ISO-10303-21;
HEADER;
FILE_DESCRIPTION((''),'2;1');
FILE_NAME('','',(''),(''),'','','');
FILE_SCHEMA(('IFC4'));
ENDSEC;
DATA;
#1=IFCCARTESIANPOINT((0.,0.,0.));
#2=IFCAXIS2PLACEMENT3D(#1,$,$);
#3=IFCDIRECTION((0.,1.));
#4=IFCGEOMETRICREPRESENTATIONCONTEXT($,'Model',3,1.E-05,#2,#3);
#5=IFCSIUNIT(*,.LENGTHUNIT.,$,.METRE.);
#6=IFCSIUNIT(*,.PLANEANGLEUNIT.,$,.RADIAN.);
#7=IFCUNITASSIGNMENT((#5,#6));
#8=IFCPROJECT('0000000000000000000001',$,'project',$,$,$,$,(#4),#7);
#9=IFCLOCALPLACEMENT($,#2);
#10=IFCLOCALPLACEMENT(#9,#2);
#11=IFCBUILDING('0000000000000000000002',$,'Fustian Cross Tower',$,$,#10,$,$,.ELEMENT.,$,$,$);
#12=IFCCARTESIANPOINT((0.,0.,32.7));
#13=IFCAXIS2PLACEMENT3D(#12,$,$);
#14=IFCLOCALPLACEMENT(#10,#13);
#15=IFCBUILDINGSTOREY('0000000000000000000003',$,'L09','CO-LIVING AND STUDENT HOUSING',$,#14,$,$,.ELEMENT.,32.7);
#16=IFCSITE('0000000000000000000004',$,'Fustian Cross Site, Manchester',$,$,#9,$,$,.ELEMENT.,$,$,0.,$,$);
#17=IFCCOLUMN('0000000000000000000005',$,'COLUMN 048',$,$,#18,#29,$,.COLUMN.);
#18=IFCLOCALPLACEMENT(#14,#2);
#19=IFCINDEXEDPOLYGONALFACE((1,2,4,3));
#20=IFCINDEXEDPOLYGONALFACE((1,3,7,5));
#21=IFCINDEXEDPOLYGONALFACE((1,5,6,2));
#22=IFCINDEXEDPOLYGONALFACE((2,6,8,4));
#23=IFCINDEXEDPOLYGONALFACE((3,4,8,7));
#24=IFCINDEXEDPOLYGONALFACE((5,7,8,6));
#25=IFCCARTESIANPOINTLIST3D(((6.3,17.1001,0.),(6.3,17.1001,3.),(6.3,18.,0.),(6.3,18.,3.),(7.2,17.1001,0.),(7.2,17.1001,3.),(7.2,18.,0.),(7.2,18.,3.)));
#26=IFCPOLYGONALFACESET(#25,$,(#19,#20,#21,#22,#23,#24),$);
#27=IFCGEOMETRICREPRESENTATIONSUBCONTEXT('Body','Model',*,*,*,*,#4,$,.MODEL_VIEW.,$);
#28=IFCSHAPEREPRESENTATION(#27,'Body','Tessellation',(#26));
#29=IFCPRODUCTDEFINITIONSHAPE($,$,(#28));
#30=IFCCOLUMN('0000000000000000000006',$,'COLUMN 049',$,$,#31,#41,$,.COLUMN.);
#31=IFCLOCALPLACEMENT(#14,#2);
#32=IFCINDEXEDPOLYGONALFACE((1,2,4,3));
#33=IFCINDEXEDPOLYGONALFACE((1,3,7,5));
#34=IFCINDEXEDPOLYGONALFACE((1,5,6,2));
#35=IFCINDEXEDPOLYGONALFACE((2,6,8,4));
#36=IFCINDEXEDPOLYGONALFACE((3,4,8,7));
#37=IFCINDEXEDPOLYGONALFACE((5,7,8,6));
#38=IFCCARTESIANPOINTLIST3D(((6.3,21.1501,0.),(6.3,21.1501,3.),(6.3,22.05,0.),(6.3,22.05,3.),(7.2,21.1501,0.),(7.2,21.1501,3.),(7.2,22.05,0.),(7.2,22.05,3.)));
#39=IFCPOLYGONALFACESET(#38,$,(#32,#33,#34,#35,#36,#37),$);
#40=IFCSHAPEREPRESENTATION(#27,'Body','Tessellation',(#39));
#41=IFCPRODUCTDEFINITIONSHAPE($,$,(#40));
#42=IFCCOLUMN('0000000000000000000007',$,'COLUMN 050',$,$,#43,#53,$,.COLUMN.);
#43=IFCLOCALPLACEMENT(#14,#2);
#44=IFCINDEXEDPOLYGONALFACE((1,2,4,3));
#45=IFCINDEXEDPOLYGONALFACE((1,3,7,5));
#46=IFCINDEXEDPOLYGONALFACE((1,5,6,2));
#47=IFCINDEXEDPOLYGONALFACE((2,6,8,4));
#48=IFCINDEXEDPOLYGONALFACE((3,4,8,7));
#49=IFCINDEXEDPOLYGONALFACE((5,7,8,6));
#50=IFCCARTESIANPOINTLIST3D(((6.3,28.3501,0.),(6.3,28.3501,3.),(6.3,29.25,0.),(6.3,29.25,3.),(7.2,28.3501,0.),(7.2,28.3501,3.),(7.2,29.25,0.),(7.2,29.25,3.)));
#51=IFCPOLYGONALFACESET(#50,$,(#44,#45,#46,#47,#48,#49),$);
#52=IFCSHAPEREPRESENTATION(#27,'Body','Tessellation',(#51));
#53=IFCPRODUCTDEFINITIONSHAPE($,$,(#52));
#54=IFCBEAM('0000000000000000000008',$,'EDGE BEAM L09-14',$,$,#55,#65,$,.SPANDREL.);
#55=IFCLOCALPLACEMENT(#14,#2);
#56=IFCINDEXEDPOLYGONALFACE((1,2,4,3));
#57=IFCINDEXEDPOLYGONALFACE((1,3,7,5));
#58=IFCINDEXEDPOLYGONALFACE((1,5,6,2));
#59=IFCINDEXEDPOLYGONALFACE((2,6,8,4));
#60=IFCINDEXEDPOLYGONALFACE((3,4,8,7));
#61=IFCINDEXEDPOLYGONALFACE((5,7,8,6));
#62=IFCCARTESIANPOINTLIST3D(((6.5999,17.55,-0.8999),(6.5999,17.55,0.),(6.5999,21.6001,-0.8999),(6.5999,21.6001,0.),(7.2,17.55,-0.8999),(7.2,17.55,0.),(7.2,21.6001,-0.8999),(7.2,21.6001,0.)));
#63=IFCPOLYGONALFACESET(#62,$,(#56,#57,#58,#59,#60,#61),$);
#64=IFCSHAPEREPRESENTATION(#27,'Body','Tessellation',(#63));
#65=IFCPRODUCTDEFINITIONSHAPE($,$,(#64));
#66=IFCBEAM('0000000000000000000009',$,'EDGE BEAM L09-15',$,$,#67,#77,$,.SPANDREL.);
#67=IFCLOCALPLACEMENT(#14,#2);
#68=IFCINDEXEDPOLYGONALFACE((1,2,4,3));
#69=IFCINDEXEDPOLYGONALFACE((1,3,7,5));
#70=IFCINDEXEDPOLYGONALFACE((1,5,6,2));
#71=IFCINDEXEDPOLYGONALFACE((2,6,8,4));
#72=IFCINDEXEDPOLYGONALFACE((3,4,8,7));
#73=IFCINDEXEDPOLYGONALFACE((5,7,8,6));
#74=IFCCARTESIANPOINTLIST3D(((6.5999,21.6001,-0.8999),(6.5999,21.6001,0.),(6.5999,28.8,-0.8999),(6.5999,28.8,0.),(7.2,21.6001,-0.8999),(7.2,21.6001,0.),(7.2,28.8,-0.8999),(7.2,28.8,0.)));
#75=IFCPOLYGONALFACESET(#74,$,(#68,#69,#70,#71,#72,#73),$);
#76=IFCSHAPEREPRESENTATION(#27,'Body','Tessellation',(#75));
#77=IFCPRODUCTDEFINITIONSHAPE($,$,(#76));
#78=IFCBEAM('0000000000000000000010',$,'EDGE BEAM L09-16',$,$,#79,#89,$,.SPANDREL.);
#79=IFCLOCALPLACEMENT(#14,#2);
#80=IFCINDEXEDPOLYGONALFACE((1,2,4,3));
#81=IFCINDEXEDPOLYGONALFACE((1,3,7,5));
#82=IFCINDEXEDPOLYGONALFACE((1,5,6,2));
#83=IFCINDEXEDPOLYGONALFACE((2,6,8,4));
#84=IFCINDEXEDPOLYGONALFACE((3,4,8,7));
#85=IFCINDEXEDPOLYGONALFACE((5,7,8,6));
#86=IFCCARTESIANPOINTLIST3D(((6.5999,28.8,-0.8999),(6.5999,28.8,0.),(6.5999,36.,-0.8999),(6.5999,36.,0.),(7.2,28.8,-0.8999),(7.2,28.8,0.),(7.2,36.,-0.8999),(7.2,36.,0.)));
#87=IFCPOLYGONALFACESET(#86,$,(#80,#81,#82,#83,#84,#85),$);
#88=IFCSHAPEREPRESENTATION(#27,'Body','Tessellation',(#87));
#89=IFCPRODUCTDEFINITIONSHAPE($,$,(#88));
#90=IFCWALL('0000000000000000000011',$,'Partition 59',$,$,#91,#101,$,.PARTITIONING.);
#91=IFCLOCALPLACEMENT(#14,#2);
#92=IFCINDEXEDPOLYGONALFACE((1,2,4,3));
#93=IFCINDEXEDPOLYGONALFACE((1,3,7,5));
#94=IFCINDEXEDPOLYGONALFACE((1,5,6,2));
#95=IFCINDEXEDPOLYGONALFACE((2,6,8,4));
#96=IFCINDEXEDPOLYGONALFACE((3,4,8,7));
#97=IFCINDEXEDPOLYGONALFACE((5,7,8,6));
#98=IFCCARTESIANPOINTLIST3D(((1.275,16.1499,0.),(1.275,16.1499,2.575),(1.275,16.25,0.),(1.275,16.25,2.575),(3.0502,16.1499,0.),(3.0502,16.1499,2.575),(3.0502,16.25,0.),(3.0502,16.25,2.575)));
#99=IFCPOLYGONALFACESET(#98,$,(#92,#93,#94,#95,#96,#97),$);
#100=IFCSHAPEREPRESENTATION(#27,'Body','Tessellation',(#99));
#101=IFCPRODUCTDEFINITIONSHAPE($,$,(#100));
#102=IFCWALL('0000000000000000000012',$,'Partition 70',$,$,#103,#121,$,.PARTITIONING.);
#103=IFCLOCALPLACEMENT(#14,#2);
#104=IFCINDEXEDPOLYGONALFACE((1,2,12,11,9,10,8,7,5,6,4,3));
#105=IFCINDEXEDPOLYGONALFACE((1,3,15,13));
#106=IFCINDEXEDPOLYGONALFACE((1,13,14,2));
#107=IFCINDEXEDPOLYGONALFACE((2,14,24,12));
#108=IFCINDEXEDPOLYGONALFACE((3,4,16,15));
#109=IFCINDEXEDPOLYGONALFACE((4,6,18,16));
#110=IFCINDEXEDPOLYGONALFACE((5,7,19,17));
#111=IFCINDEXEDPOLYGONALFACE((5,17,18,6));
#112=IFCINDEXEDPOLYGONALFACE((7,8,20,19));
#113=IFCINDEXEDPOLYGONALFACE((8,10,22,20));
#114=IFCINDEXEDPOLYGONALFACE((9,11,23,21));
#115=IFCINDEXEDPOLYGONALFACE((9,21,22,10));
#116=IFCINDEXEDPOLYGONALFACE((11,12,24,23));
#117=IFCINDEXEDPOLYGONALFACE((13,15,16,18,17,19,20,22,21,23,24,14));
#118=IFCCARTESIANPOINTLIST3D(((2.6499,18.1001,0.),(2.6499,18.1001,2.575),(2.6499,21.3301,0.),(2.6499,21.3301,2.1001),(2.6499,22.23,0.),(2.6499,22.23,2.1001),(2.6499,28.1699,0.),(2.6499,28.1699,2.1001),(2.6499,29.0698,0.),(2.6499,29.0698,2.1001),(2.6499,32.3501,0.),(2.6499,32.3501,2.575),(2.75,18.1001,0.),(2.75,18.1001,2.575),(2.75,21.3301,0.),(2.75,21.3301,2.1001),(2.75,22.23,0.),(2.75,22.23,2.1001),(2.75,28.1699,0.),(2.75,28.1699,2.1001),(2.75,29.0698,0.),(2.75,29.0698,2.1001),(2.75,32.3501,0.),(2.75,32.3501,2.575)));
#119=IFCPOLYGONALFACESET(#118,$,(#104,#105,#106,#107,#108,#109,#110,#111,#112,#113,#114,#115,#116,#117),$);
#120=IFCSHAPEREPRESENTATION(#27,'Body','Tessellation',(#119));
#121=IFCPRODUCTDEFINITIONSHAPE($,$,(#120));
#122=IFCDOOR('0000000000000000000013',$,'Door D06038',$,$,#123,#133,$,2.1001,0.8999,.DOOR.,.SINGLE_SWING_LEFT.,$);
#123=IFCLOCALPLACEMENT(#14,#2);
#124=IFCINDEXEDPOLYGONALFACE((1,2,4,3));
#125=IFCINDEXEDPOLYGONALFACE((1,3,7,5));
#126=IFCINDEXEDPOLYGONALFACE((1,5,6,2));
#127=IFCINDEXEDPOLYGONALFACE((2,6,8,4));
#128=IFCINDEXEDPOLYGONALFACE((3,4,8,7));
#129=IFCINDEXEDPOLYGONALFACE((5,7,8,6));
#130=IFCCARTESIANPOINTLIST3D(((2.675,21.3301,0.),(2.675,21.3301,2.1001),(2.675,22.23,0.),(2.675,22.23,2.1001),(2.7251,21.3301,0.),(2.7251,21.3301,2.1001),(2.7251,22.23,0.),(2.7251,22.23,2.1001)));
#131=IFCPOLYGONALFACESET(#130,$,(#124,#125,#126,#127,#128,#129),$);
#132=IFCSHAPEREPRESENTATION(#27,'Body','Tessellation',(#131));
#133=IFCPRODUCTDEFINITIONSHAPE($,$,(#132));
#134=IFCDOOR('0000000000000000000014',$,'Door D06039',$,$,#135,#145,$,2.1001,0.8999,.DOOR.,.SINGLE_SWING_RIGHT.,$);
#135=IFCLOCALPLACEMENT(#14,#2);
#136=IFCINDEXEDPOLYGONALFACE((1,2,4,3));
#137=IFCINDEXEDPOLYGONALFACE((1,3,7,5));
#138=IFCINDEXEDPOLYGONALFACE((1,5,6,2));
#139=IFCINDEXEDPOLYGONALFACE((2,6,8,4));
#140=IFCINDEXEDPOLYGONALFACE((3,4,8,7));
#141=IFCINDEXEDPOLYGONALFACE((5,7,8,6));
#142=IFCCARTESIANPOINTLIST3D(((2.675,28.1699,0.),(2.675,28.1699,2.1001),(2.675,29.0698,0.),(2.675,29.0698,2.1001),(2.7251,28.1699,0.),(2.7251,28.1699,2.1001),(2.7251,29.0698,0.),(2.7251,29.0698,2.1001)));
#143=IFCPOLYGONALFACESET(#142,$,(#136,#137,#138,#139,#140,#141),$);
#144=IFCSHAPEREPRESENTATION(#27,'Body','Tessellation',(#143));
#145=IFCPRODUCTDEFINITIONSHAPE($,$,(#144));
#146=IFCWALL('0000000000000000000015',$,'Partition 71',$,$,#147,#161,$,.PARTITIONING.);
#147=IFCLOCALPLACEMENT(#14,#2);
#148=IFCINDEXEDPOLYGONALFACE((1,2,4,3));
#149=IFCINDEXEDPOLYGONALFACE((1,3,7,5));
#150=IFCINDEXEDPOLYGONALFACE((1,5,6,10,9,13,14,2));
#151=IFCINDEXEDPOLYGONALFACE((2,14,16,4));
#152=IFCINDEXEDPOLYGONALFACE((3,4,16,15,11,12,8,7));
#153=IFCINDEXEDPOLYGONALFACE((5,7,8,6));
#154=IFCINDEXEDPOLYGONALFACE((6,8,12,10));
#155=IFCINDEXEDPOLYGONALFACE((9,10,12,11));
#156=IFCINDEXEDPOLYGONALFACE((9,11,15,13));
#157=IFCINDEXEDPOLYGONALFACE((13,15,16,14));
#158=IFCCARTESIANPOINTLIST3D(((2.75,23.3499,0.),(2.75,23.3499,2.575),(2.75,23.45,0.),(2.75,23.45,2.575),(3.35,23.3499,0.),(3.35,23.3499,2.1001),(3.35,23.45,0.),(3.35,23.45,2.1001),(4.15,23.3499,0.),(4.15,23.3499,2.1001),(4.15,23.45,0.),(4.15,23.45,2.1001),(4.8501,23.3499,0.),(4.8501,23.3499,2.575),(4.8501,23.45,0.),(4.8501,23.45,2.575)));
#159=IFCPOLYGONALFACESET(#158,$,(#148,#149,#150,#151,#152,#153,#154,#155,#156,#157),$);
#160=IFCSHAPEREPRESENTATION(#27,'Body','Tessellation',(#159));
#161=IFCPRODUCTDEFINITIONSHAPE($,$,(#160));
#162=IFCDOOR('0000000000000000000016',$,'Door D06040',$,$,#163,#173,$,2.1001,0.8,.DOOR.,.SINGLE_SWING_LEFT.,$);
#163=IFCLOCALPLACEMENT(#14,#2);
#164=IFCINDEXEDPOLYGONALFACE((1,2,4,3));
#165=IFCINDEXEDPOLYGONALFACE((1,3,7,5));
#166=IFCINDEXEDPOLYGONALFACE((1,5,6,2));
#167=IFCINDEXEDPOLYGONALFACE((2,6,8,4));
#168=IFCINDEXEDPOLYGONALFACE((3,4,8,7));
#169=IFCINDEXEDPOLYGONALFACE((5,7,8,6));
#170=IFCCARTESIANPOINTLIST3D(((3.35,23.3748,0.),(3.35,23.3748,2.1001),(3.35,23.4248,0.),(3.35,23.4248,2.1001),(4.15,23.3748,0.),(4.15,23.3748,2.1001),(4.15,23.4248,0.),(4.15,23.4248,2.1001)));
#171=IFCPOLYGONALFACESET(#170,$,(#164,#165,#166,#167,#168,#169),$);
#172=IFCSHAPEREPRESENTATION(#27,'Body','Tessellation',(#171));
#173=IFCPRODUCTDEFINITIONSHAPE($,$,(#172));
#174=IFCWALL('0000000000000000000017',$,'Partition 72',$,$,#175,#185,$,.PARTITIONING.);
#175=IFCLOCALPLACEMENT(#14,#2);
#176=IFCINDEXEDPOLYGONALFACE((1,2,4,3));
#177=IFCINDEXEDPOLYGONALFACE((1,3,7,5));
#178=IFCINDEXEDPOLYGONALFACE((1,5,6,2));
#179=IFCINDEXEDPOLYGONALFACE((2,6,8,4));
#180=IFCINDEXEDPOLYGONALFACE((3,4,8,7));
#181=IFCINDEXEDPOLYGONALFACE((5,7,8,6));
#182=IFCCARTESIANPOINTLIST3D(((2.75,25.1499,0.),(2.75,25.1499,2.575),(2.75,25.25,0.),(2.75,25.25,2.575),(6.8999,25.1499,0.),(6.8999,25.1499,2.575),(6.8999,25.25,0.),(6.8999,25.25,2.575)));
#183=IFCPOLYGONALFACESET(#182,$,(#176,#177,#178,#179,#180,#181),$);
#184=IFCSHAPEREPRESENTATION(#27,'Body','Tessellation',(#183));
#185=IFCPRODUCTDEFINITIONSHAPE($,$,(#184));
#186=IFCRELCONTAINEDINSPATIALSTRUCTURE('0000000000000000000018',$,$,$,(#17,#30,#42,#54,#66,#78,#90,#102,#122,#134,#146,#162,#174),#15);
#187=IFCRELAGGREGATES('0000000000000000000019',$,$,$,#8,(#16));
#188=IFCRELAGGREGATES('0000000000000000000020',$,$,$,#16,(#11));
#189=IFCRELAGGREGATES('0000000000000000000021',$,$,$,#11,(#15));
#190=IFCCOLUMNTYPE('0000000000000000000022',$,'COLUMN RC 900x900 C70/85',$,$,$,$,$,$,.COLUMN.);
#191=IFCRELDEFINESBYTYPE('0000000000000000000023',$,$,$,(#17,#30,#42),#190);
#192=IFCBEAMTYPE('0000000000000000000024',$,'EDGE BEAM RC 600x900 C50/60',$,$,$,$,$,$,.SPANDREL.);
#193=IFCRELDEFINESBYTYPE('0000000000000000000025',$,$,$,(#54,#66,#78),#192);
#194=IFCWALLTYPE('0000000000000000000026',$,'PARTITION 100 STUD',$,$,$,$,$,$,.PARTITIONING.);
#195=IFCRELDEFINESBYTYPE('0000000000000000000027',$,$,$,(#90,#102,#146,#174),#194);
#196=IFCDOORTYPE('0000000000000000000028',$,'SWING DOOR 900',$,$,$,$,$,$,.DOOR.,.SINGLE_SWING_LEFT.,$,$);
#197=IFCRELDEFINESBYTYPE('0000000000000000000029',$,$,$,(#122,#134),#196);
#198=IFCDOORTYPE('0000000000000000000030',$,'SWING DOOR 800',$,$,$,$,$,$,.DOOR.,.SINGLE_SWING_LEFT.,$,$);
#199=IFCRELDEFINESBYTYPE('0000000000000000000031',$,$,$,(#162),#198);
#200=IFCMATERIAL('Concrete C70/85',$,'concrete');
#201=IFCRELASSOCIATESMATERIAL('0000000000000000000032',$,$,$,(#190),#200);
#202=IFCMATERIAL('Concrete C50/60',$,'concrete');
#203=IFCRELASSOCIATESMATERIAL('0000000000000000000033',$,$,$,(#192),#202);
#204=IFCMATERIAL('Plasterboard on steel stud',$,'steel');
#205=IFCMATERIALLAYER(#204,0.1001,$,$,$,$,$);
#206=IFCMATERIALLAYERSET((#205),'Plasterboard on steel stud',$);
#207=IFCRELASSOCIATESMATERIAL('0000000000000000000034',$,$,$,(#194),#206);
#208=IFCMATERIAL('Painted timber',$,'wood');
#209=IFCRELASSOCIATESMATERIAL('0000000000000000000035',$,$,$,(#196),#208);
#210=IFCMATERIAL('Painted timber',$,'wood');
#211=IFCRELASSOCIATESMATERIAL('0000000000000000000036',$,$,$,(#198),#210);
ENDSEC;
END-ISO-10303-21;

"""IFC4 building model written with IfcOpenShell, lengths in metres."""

from ifc_helpers import new_model, si_unit, direction, frame, frame_2d, origin, origin_2d, place, context, subcontext, project, spatial, rectangle, extrude, material, layer, layer_set, material_profile, profile_set, type_object, element, fill, save


model = new_model("IFC4")

# Units and contexts
model_context = context("Model", 3, precision=1e-05, world=origin(), true_north=direction((0.0, 1.0)))
body_context = subcontext(model_context, "Body", "Model", "MODEL_VIEW")
ifc_project = project(units=[si_unit("LENGTHUNIT", "METRE"), si_unit("PLANEANGLEUNIT", "RADIAN")], contexts=[model_context])

# Site, building, storey
site_placement = place(None, origin())
site = spatial("IfcSite", under=ifc_project, at=site_placement, Name="Fustian Cross Site, Manchester", CompositionType="ELEMENT", RefElevation=0.0)
building_placement = place(site_placement, origin())
building = spatial("IfcBuilding", under=site, at=building_placement, Name="Fustian Cross Tower", CompositionType="ELEMENT")
storey_placement = place(building_placement, frame((0.0, 0.0, 32.7)))
storey = spatial("IfcBuildingStorey", under=building, at=storey_placement, Name="L09", Description="CO-LIVING AND STUDENT HOUSING", CompositionType="ELEMENT", Elevation=32.7)

# Columns
ifc_material_1 = material(Name="Concrete C70/85", Category="concrete")
ifc_material_profile_1 = material_profile(ifc_material_1, rectangle(XDim=0.8999, YDim=0.8999, at=origin_2d()), Name="RC 900x900")
ifc_profile_set_1 = profile_set([ifc_material_profile_1], Name="Concrete C70/85")
column_type = type_object("IfcColumnType", Name="COLUMN RC 900x900 C70/85", PredefinedType="COLUMN", material=ifc_profile_set_1)
for number, where, z_axis, x_axis, name in (
    (1, (6.75, 17.55, 0.0), (0.0, 0.0, 1.0), (1.0, 0.0, 0.0), "COLUMN 048"),
    (2, (6.75, 21.6001, 0.0), (0.0, 0.0, 1.0), (1.0, 0.0, 0.0), "COLUMN 049"),
    (3, (6.75, 28.8, 0.0), (0.0, 0.0, 1.0), (1.0, 0.0, 0.0), "COLUMN 050"),
):
    element("IfcColumn", number, at=place(storey_placement, frame(where, z_axis=z_axis, x_axis=x_axis)), inside=storey, type_object=column_type, Name=name, PredefinedType="COLUMN", context=body_context, shape_type="SweptSolid", body=[
        extrude(rectangle(XDim=0.8999, YDim=0.8999, at=origin_2d()), origin(), (0.0, 0.0, 1.0), 3.0),
    ])

# Beams
ifc_material_2 = material(Name="Concrete C50/60", Category="concrete")
ifc_material_profile_2 = material_profile(ifc_material_2, rectangle(XDim=0.6001, YDim=0.8999, at=origin_2d()), Name="RC 600x900")
ifc_profile_set_2 = profile_set([ifc_material_profile_2], Name="Concrete C50/60")
beam_type = type_object("IfcBeamType", Name="EDGE BEAM RC 600x900 C50/60", PredefinedType="SPANDREL", material=ifc_profile_set_2)
beam_placement = place(storey_placement, frame((6.8999, 17.55, -0.45), z_axis=(0.0, 1.0, 0.0), x_axis=(-1.0, 0.0, 0.0)))
element("IfcBeam", 4, at=beam_placement, inside=storey, type_object=beam_type, Name="EDGE BEAM L09-14", PredefinedType="SPANDREL", context=body_context, shape_type="SweptSolid", body=[
    extrude(rectangle(XDim=0.6001, YDim=0.8999, at=origin_2d()), origin(), (0.0, 0.0, 1.0), 4.05),
])
for number, where, z_axis, x_axis, name in (
    (5, (6.8999, 21.6001, -0.45), (0.0, 1.0, 0.0), (-1.0, 0.0, 0.0), "EDGE BEAM L09-15"),
    (6, (6.8999, 28.8, -0.45), (0.0, 1.0, 0.0), (-1.0, 0.0, 0.0), "EDGE BEAM L09-16"),
):
    element("IfcBeam", number, at=place(storey_placement, frame(where, z_axis=z_axis, x_axis=x_axis)), inside=storey, type_object=beam_type, Name=name, PredefinedType="SPANDREL", context=body_context, shape_type="SweptSolid", body=[
        extrude(rectangle(XDim=0.6001, YDim=0.8999, at=origin_2d()), origin(), (0.0, 0.0, 1.0), 7.2),
    ])

# Wall
ifc_material_3 = material(Name="Plasterboard on steel stud", Category="steel")
ifc_layer_1 = layer(ifc_material_3, 0.1001)
ifc_layer_set_1 = layer_set([ifc_layer_1], Name="Plasterboard on steel stud")
wall_type_1 = type_object("IfcWallType", Name="PARTITION 100 STUD", PredefinedType="PARTITIONING", material=ifc_layer_set_1)
wall_1_placement = place(storey_placement, frame((1.2749, 16.2, 0.0), z_axis=(0.0, 0.0, 1.0), x_axis=(1.0, 0.0, 0.0)))
element("IfcWall", 7, at=wall_1_placement, inside=storey, type_object=wall_type_1, Name="Partition 59", PredefinedType="PARTITIONING", context=body_context, shape_type="SweptSolid", body=[
    extrude(rectangle(XDim=1.7751, YDim=0.1001, at=frame_2d((0.8877, 0.0))), origin(), (0.0, 0.0, 1.0), 2.575),
])

# Wall, openings, doors
wall_2_placement = place(storey_placement, frame((2.7, 18.1001, 0.0), z_axis=(0.0, 0.0, 1.0), x_axis=(0.0, 1.0, 0.0)))
wall_2 = element("IfcWall", 8, at=wall_2_placement, inside=storey, type_object=wall_type_1, Name="Partition 70", PredefinedType="PARTITIONING", context=body_context, shape_type="SweptSolid", body=[
    extrude(rectangle(XDim=14.25, YDim=0.1001, at=frame_2d((7.125, 0.0))), origin(), (0.0, 0.0, 1.0), 2.575),
])
opening_1_placement = place(wall_2_placement, frame((3.23, 0.0, 0.0)))
opening_1 = element("IfcOpeningElement", 9, at=opening_1_placement, cuts=wall_2, PredefinedType="OPENING", context=body_context, shape_type="SweptSolid", body=[
    extrude(rectangle(XDim=0.8999, YDim=2.1001, at=frame_2d((0.45, 1.05))), frame((0.0, 0.0601, 0.0), z_axis=(0.0, -1.0, 0.0), x_axis=(1.0, 0.0, 0.0)), (0.0, 0.0, 1.0), 0.1201),
])
opening_2_placement = place(wall_2_placement, frame((10.0698, 0.0, 0.0)))
opening_2 = element("IfcOpeningElement", 10, at=opening_2_placement, cuts=wall_2, PredefinedType="OPENING", context=body_context, shape_type="SweptSolid", body=[
    extrude(rectangle(XDim=0.8999, YDim=2.1001, at=frame_2d((0.45, 1.05))), frame((0.0, 0.0601, 0.0), z_axis=(0.0, -1.0, 0.0), x_axis=(1.0, 0.0, 0.0)), (0.0, 0.0, 1.0), 0.1201),
])
ifc_material_4 = material(Name="Painted timber", Category="wood")
door_type_1 = type_object("IfcDoorType", Name="SWING DOOR 900", OperationType="SINGLE_SWING_LEFT", PredefinedType="DOOR", material=ifc_material_4)
door_1_placement = place(opening_1_placement, origin())
door_1 = element("IfcDoor", 11, at=door_1_placement, inside=storey, type_object=door_type_1, Name="Door D06038", OperationType="SINGLE_SWING_LEFT", OverallHeight=2.1001, OverallWidth=0.8999, PredefinedType="DOOR", context=body_context, shape_type="SweptSolid", body=[
    extrude(rectangle(XDim=0.8999, YDim=2.1001, at=frame_2d((0.45, 1.05))), frame((0.0, 0.0249, 0.0), z_axis=(0.0, -1.0, 0.0), x_axis=(1.0, 0.0, 0.0)), (0.0, 0.0, 1.0), 0.05),
])
fill(opening_1, door_1)
door_2_placement = place(opening_2_placement, origin())
door_2 = element("IfcDoor", 12, at=door_2_placement, inside=storey, type_object=door_type_1, Name="Door D06039", OperationType="SINGLE_SWING_RIGHT", OverallHeight=2.1001, OverallWidth=0.8999, PredefinedType="DOOR", context=body_context, shape_type="SweptSolid", body=[
    extrude(rectangle(XDim=0.8999, YDim=2.1001, at=frame_2d((0.45, 1.05))), frame((0.0, 0.0249, 0.0), z_axis=(0.0, -1.0, 0.0), x_axis=(1.0, 0.0, 0.0)), (0.0, 0.0, 1.0), 0.05),
])
fill(opening_2, door_2)

# Wall, opening, door
wall_3_placement = place(storey_placement, frame((2.75, 23.3999, 0.0), z_axis=(0.0, 0.0, 1.0), x_axis=(1.0, 0.0, 0.0)))
wall_3 = element("IfcWall", 13, at=wall_3_placement, inside=storey, type_object=wall_type_1, Name="Partition 71", PredefinedType="PARTITIONING", context=body_context, shape_type="SweptSolid", body=[
    extrude(rectangle(XDim=2.1001, YDim=0.1001, at=frame_2d((1.05, 0.0))), origin(), (0.0, 0.0, 1.0), 2.575),
])
opening_3_placement = place(wall_3_placement, frame((0.6001, 0.0, 0.0)))
opening_3 = element("IfcOpeningElement", 14, at=opening_3_placement, cuts=wall_3, PredefinedType="OPENING", context=body_context, shape_type="SweptSolid", body=[
    extrude(rectangle(XDim=0.8, YDim=2.1001, at=frame_2d((0.3999, 1.05))), frame((0.0, 0.0601, 0.0), z_axis=(0.0, -1.0, 0.0), x_axis=(1.0, 0.0, 0.0)), (0.0, 0.0, 1.0), 0.1201),
])
ifc_material_5 = material(Name="Painted timber", Category="wood")
door_type_2 = type_object("IfcDoorType", Name="SWING DOOR 800", OperationType="SINGLE_SWING_LEFT", PredefinedType="DOOR", material=ifc_material_5)
door_3_placement = place(opening_3_placement, origin())
door_3 = element("IfcDoor", 15, at=door_3_placement, inside=storey, type_object=door_type_2, Name="Door D06040", OperationType="SINGLE_SWING_LEFT", OverallHeight=2.1001, OverallWidth=0.8, PredefinedType="DOOR", context=body_context, shape_type="SweptSolid", body=[
    extrude(rectangle(XDim=0.8, YDim=2.1001, at=frame_2d((0.3999, 1.05))), frame((0.0, 0.0249, 0.0), z_axis=(0.0, -1.0, 0.0), x_axis=(1.0, 0.0, 0.0)), (0.0, 0.0, 1.0), 0.05),
])
fill(opening_3, door_3)

# Wall
wall_4_placement = place(storey_placement, frame((2.75, 25.2, 0.0), z_axis=(0.0, 0.0, 1.0), x_axis=(1.0, 0.0, 0.0)))
element("IfcWall", 16, at=wall_4_placement, inside=storey, type_object=wall_type_1, Name="Partition 72", PredefinedType="PARTITIONING", context=body_context, shape_type="SweptSolid", body=[
    extrude(rectangle(XDim=4.1499, YDim=0.1001, at=frame_2d((2.075, 0.0))), origin(), (0.0, 0.0, 1.0), 2.575),
])

save(model, "model.ifc")
